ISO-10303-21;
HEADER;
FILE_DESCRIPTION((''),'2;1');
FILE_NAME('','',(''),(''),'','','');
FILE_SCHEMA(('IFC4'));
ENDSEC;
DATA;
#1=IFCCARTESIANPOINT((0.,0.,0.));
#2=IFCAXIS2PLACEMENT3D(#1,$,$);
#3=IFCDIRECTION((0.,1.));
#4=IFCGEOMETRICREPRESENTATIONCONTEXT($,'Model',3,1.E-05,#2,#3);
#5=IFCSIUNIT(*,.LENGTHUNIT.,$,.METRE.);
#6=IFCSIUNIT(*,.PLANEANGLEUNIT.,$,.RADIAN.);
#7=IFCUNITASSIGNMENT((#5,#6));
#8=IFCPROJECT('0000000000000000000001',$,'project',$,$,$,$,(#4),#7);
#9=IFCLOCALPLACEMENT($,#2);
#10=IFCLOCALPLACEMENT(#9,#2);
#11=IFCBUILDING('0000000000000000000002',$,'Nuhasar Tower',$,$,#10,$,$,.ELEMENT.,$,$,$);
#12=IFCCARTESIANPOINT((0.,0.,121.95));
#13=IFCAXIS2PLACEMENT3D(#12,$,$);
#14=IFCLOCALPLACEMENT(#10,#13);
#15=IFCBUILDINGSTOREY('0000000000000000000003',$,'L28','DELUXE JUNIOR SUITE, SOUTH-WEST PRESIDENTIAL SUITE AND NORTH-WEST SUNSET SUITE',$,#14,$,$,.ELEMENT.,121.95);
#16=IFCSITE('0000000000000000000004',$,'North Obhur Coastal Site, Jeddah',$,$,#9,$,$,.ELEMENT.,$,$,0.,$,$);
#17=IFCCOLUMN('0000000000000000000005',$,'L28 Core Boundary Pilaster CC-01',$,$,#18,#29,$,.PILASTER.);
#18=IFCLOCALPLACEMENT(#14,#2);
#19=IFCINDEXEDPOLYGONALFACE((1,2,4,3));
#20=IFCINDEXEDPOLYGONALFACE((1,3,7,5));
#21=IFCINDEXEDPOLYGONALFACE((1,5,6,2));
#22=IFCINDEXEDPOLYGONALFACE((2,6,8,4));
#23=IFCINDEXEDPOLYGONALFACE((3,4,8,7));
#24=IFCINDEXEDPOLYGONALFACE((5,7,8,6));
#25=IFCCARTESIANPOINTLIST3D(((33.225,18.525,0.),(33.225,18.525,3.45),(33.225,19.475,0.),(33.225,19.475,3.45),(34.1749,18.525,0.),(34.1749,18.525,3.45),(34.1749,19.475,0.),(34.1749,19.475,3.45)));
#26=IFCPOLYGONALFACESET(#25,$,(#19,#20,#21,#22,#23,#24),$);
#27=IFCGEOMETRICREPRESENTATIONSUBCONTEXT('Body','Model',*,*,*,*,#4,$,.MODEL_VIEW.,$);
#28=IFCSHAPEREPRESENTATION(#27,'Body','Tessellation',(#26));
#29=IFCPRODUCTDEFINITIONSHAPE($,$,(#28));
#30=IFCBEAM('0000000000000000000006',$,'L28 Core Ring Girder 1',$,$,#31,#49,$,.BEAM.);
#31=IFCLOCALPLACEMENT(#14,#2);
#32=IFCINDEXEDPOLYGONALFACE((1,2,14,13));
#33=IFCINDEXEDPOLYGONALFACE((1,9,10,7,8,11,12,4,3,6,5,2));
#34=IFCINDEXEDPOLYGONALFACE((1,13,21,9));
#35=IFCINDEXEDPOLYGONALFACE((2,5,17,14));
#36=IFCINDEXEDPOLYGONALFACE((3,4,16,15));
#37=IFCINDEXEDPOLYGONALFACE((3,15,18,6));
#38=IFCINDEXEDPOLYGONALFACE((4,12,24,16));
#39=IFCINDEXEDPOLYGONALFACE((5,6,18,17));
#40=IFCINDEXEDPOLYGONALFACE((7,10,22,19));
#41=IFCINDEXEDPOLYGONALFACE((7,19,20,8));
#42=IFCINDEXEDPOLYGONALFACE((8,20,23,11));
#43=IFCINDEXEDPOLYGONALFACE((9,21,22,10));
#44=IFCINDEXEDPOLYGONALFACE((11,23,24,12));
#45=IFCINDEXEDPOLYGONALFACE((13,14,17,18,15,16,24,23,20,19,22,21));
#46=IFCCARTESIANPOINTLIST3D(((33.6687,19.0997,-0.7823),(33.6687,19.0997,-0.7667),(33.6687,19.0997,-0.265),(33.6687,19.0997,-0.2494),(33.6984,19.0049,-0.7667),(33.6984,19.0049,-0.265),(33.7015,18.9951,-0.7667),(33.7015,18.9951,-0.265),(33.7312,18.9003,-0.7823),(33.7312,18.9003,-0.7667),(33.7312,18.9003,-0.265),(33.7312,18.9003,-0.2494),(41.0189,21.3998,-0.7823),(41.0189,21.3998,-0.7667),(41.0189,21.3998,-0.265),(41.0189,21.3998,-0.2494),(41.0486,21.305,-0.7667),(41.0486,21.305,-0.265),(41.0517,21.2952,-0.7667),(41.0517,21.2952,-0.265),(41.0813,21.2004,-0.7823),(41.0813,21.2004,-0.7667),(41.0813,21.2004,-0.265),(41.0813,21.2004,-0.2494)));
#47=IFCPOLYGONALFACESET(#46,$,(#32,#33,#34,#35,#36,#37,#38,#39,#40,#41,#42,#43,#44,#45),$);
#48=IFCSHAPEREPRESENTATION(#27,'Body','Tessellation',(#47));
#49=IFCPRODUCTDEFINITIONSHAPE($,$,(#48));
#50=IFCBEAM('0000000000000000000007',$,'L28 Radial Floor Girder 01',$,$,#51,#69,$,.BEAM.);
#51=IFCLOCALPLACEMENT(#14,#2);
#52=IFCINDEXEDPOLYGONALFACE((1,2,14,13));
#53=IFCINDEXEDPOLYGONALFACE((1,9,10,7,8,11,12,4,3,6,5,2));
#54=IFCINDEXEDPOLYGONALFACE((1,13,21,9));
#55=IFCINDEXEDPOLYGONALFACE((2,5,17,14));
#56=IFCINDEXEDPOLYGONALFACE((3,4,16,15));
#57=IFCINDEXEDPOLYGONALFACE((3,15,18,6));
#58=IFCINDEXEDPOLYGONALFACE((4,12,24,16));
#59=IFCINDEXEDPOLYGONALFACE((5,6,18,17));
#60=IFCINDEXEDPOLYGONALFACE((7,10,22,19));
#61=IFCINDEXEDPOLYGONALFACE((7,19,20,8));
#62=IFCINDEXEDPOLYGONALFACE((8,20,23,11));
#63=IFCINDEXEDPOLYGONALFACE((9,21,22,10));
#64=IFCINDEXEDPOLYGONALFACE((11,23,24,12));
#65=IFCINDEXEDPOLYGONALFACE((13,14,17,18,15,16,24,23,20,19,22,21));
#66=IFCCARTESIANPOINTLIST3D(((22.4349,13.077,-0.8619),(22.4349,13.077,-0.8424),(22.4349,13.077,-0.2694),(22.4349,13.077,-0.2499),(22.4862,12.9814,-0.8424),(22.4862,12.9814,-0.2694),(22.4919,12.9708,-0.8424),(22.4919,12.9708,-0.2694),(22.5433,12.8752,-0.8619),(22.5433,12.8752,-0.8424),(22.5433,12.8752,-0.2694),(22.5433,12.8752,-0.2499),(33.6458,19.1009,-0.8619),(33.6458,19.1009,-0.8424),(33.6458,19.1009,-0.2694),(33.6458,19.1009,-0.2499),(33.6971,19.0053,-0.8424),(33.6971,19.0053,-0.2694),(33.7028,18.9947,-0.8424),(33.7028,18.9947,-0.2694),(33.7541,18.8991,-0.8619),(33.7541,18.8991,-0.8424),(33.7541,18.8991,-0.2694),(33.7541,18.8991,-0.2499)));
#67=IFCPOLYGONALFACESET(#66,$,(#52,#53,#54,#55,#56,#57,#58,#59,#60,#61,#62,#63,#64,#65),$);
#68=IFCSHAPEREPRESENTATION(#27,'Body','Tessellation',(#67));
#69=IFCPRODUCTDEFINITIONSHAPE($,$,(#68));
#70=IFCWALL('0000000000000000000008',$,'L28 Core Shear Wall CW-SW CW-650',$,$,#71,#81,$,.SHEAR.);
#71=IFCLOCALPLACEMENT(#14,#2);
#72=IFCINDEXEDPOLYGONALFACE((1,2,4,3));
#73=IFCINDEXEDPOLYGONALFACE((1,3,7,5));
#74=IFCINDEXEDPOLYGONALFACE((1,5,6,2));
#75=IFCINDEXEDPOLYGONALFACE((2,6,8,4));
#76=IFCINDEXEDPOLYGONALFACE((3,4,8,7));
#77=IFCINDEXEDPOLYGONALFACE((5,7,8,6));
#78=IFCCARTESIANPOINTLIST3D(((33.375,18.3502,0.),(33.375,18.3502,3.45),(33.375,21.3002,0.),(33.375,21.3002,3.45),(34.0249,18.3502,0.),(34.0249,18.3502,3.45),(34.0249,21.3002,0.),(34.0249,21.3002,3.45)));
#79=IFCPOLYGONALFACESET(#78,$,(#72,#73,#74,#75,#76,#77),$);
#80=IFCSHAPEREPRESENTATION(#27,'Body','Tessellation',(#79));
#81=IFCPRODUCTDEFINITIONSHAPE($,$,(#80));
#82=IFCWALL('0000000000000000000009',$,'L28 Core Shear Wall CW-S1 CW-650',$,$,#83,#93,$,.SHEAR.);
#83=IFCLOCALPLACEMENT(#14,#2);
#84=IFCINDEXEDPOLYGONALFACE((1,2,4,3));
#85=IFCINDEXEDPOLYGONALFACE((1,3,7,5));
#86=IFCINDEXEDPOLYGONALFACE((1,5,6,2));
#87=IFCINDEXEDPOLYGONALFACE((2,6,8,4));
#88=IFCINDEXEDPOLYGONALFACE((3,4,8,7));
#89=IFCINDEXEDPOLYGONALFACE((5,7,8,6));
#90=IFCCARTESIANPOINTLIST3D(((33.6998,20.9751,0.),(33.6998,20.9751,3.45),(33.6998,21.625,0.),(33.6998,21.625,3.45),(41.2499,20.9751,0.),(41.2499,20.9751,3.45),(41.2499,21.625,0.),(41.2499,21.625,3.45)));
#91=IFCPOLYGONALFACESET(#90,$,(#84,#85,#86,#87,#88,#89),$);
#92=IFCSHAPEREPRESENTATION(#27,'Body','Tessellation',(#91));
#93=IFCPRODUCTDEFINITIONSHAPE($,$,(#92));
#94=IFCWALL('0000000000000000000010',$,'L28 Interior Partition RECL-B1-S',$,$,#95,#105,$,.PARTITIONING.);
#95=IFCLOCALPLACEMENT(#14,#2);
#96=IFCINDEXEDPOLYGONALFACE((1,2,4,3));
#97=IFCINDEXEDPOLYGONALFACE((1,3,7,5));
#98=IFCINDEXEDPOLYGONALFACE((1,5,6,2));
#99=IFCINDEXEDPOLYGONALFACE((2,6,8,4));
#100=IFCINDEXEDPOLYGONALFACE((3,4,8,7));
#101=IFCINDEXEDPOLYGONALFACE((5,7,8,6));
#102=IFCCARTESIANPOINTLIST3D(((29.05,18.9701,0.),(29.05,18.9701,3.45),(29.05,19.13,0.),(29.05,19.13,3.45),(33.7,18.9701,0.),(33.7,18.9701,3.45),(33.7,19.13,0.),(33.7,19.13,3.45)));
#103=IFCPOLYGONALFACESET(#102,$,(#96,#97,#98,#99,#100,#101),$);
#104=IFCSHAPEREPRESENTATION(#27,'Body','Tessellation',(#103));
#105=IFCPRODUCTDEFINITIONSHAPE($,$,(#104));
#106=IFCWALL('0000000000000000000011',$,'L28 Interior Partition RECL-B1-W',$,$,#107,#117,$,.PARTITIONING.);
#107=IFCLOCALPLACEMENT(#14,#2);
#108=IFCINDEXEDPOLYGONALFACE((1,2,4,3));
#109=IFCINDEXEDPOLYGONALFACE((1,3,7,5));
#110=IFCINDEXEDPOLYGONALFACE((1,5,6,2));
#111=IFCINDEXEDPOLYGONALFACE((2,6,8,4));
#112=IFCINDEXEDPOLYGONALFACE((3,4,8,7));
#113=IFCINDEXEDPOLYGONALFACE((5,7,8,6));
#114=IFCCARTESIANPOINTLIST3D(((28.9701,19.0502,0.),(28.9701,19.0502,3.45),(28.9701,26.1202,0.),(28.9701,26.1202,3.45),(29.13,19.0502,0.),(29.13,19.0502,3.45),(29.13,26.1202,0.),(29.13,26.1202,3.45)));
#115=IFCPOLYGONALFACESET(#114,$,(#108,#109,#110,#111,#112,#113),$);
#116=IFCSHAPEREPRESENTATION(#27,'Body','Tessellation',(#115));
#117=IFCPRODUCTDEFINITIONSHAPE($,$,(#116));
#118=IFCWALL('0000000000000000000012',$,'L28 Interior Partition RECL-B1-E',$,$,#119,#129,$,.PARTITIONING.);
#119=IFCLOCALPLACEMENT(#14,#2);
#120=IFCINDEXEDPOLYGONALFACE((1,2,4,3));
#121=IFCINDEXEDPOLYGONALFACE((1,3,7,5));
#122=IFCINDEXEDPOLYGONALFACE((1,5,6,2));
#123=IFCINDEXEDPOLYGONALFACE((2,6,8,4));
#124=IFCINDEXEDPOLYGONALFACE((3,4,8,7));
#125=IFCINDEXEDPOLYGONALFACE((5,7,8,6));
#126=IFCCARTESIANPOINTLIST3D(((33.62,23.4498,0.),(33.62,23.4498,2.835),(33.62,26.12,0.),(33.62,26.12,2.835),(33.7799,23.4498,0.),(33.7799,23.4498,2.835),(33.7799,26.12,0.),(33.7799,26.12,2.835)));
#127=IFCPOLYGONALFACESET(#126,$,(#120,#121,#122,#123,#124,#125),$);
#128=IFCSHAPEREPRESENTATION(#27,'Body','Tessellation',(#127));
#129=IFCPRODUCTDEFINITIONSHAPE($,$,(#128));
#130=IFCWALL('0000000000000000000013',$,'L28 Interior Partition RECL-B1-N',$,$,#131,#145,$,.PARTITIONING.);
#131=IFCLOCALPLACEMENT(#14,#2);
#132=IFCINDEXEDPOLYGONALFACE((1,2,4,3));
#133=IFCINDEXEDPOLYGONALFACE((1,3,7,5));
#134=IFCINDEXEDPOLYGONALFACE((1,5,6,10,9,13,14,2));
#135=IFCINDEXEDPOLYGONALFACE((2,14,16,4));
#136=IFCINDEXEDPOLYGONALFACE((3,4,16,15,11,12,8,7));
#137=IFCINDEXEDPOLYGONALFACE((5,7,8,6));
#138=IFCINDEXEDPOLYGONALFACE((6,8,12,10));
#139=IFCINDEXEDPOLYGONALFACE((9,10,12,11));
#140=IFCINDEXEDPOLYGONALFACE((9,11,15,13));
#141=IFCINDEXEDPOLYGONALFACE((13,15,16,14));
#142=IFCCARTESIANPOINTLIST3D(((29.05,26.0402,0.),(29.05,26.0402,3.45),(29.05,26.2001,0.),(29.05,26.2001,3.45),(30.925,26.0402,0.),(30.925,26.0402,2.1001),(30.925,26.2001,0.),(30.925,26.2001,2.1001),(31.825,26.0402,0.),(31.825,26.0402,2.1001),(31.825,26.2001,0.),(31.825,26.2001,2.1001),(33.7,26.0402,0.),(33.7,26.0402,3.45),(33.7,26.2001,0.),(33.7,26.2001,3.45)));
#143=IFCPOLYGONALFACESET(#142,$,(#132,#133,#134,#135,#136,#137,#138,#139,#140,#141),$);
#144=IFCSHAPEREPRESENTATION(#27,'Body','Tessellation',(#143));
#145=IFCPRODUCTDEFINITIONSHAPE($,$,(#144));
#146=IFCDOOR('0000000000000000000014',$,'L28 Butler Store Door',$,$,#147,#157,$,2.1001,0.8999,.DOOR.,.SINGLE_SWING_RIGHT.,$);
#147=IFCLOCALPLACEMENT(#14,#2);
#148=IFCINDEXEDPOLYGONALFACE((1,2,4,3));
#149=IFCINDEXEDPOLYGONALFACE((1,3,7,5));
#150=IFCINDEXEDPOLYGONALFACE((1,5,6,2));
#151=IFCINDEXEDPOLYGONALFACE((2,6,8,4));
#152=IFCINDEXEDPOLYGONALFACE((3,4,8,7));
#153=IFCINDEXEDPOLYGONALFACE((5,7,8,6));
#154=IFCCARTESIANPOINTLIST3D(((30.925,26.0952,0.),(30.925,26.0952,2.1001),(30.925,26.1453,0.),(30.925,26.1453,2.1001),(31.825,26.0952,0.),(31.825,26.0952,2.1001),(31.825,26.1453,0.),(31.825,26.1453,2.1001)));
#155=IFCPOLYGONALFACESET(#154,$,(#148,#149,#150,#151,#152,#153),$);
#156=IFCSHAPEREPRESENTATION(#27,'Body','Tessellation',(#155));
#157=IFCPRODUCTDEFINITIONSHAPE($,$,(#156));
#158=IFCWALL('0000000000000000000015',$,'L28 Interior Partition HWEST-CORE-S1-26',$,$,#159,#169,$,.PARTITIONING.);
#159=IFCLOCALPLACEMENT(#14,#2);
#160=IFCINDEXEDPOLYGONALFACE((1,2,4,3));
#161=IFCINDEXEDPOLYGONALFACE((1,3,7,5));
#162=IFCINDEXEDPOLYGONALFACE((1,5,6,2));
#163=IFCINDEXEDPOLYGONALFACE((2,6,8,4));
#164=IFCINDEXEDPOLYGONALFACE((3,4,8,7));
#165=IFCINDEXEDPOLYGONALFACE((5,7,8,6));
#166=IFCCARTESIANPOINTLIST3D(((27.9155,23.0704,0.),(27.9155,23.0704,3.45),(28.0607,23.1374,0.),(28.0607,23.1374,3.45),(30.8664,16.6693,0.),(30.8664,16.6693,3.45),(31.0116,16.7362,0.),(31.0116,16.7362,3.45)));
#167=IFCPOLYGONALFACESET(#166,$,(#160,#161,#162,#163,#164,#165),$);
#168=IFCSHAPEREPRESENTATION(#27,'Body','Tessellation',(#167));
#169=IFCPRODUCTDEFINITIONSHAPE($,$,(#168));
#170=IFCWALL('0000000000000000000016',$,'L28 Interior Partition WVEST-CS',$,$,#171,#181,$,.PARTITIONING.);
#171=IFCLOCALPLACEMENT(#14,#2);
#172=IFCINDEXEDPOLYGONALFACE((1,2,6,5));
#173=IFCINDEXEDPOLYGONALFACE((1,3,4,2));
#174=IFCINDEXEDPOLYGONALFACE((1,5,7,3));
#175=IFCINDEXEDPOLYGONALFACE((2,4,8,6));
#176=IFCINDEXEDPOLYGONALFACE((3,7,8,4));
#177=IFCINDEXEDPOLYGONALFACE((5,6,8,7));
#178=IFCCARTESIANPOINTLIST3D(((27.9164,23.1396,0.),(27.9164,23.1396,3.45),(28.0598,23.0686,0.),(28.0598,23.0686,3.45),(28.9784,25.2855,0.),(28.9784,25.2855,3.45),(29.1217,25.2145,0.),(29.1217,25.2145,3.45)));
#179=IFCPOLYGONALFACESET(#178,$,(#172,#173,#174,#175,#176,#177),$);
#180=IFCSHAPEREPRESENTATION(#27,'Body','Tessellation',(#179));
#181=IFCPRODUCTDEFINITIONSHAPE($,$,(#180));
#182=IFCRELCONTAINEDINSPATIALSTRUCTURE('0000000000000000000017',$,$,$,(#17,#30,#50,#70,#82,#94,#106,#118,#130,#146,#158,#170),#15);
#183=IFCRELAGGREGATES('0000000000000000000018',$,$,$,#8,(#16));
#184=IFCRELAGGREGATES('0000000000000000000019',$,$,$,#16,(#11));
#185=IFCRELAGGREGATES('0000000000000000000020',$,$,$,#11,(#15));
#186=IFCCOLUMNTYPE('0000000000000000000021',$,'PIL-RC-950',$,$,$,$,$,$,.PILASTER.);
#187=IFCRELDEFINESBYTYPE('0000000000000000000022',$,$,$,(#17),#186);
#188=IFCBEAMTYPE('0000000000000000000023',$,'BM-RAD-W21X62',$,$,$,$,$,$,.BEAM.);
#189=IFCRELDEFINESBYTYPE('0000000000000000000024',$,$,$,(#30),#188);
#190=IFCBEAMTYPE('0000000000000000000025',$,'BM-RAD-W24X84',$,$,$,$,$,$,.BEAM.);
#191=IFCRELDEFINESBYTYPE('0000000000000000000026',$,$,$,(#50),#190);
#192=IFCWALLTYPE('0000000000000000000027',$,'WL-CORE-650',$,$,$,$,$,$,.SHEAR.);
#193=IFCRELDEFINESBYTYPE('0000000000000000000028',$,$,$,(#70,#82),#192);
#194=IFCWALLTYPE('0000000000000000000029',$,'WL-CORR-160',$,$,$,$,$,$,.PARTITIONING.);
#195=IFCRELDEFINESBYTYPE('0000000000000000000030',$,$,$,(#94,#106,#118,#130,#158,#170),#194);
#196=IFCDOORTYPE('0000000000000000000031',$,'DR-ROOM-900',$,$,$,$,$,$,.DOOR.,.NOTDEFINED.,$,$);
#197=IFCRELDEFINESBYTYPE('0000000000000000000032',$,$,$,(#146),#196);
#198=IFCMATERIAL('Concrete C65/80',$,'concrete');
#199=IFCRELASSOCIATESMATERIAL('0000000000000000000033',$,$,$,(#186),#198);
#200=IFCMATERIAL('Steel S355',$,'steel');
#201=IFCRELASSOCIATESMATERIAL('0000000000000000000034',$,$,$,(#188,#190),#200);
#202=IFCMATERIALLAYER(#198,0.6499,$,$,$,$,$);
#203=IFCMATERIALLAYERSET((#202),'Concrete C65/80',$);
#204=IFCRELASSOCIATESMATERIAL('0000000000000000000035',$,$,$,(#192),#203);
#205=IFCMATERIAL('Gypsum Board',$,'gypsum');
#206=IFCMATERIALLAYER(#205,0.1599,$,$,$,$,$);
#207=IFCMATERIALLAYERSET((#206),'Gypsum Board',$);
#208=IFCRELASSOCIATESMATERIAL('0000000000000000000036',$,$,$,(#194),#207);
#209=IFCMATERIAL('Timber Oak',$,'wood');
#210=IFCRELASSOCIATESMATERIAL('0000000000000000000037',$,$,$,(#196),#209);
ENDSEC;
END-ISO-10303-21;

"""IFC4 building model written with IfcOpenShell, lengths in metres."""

from ifc_helpers import new_model, si_unit, direction, frame, frame_2d, origin, origin_2d, place, context, subcontext, project, spatial, rectangle, i_section, extrude, material, layer, layer_set, material_profile, profile_set, type_object, element, fill, save


model = new_model("IFC4")

# Units and contexts
model_context = context("Model", 3, precision=1e-05, world=origin(), true_north=direction((0.0, 1.0)))
body_context = subcontext(model_context, "Body", "Model", "MODEL_VIEW")
ifc_project = project(units=[si_unit("LENGTHUNIT", "METRE"), si_unit("PLANEANGLEUNIT", "RADIAN")], contexts=[model_context])

# Site, building, storey
site_placement = place(None, origin())
site = spatial("IfcSite", under=ifc_project, at=site_placement, Name="North Obhur Coastal Site, Jeddah", CompositionType="ELEMENT", RefElevation=0.0)
building_placement = place(site_placement, origin())
building = spatial("IfcBuilding", under=site, at=building_placement, Name="Nuhasar Tower", CompositionType="ELEMENT")
storey_placement = place(building_placement, frame((0.0, 0.0, 121.95)))
storey = spatial("IfcBuildingStorey", under=building, at=storey_placement, Name="L28", Description="DELUXE JUNIOR SUITE, SOUTH-WEST PRESIDENTIAL SUITE AND NORTH-WEST SUNSET SUITE", CompositionType="ELEMENT", Elevation=121.95)

# Column
ifc_material_1 = material(Name="Concrete C65/80", Category="concrete")
ifc_material_profile_1 = material_profile(ifc_material_1, rectangle(XDim=0.95, YDim=0.95, at=origin_2d()), Name="RC950X950")
ifc_profile_set_1 = profile_set([ifc_material_profile_1], Name="Concrete C65/80")
column_type = type_object("IfcColumnType", Name="PIL-RC-950", PredefinedType="PILASTER", material=ifc_profile_set_1)
column_placement = place(storey_placement, frame((33.7, 19.0, 0.0), z_axis=(0.0, 0.0, 1.0), x_axis=(1.0, 0.0, 0.0)))
element("IfcColumn", 1, at=column_placement, inside=storey, type_object=column_type, Name="L28 Core Boundary Pilaster CC-01", PredefinedType="PILASTER", context=body_context, shape_type="SweptSolid", body=[
    extrude(rectangle(XDim=0.95, YDim=0.95, at=origin_2d()), origin(), (0.0, 0.0, 1.0), 3.45),
])

# Beams
ifc_material_2 = material(Name="Steel S355", Category="steel")
ifc_material_profile_2 = material_profile(ifc_material_2, i_section(OverallWidth=0.209, OverallDepth=0.533, WebThickness=0.0103, FlangeThickness=0.0156, at=origin_2d()), Name="W21X62")
ifc_profile_set_2 = profile_set([ifc_material_profile_2], Name="Steel S355")
beam_type_1 = type_object("IfcBeamType", Name="BM-RAD-W21X62", PredefinedType="BEAM", material=ifc_profile_set_2)
beam_1_placement = place(storey_placement, frame((33.7, 19.0, -0.5159), z_axis=(0.954364, 0.298647, 0.0), x_axis=(-0.298647, 0.954364, 0.0)))
element("IfcBeam", 2, at=beam_1_placement, inside=storey, type_object=beam_type_1, Name="L28 Core Ring Girder 1", PredefinedType="BEAM", context=body_context, shape_type="SweptSolid", body=[
    extrude(i_section(OverallWidth=0.209, OverallDepth=0.533, WebThickness=0.0103, FlangeThickness=0.0156, at=origin_2d()), origin(), (0.0, 0.0, 1.0), 7.7017),
])
ifc_material_profile_3 = material_profile(ifc_material_2, i_section(OverallWidth=0.229, OverallDepth=0.6121, WebThickness=0.012, FlangeThickness=0.0195, at=origin_2d()), Name="W24X84")
ifc_profile_set_3 = profile_set([ifc_material_profile_3], Name="Steel S355")
beam_type_2 = type_object("IfcBeamType", Name="BM-RAD-W24X84", PredefinedType="BEAM", material=ifc_profile_set_3)
beam_2_placement = place(storey_placement, frame((33.7, 19.0, -0.5559), z_axis=(-0.880888, -0.473324, 0.0), x_axis=(0.473324, -0.880888, 0.0)))
element("IfcBeam", 3, at=beam_2_placement, inside=storey, type_object=beam_type_2, Name="L28 Radial Floor Girder 01", PredefinedType="BEAM", context=body_context, shape_type="SweptSolid", body=[
    extrude(i_section(OverallWidth=0.229, OverallDepth=0.6121, WebThickness=0.012, FlangeThickness=0.0195, at=origin_2d()), origin(), (0.0, 0.0, 1.0), 12.7268),
])

# Walls
ifc_layer_1 = layer(ifc_material_1, 0.6499)
ifc_layer_set_1 = layer_set([ifc_layer_1], Name="Concrete C65/80")
wall_type_1 = type_object("IfcWallType", Name="WL-CORE-650", PredefinedType="SHEAR", material=ifc_layer_set_1)
wall_1_placement = place(storey_placement, frame((33.7, 18.3501, 0.0), z_axis=(0.0, 0.0, 1.0), x_axis=(0.0, 1.0, 0.0)))
element("IfcWall", 4, at=wall_1_placement, inside=storey, type_object=wall_type_1, Name="L28 Core Shear Wall CW-SW CW-650", PredefinedType="SHEAR", context=body_context, shape_type="SweptSolid", body=[
    extrude(rectangle(XDim=2.95, YDim=0.6499, at=frame_2d((1.4751, 0.0))), origin(), (0.0, 0.0, 1.0), 3.45),
])
wall_2_placement = place(storey_placement, frame((33.7, 21.3, 0.0), z_axis=(0.0, 0.0, 1.0), x_axis=(1.0, 0.0, 0.0)))
element("IfcWall", 5, at=wall_2_placement, inside=storey, type_object=wall_type_1, Name="L28 Core Shear Wall CW-S1 CW-650", PredefinedType="SHEAR", context=body_context, shape_type="SweptSolid", body=[
    extrude(rectangle(XDim=7.55, YDim=0.6499, at=frame_2d((3.7749, 0.0))), origin(), (0.0, 0.0, 1.0), 3.45),
])
ifc_material_3 = material(Name="Gypsum Board", Category="gypsum")
ifc_layer_2 = layer(ifc_material_3, 0.1599)
ifc_layer_set_2 = layer_set([ifc_layer_2], Name="Gypsum Board")
wall_type_2 = type_object("IfcWallType", Name="WL-CORR-160", PredefinedType="PARTITIONING", material=ifc_layer_set_2)
wall_3_placement = place(storey_placement, frame((29.05, 19.05, 0.0), z_axis=(0.0, 0.0, 1.0), x_axis=(1.0, 0.0, 0.0)))
element("IfcWall", 6, at=wall_3_placement, inside=storey, type_object=wall_type_2, Name="L28 Interior Partition RECL-B1-S", PredefinedType="PARTITIONING", context=body_context, shape_type="SweptSolid", body=[
    extrude(rectangle(XDim=4.6499, YDim=0.1599, at=frame_2d((2.325, 0.0))), origin(), (0.0, 0.0, 1.0), 3.45),
])
wall_4_placement = place(storey_placement, frame((29.05, 19.05, 0.0), z_axis=(0.0, 0.0, 1.0), x_axis=(0.0, 1.0, 0.0)))
element("IfcWall", 7, at=wall_4_placement, inside=storey, type_object=wall_type_2, Name="L28 Interior Partition RECL-B1-W", PredefinedType="PARTITIONING", context=body_context, shape_type="SweptSolid", body=[
    extrude(rectangle(XDim=7.0701, YDim=0.1599, at=frame_2d((3.5352, 0.0))), origin(), (0.0, 0.0, 1.0), 3.45),
])
wall_5_placement = place(storey_placement, frame((33.7, 23.45, 0.0), z_axis=(0.0, 0.0, 1.0), x_axis=(0.0, 1.0, 0.0)))
element("IfcWall", 8, at=wall_5_placement, inside=storey, type_object=wall_type_2, Name="L28 Interior Partition RECL-B1-E", PredefinedType="PARTITIONING", context=body_context, shape_type="SweptSolid", body=[
    extrude(rectangle(XDim=2.6702, YDim=0.1599, at=frame_2d((1.335, 0.0))), origin(), (0.0, 0.0, 1.0), 2.835),
])

# Wall, opening, door
wall_6_placement = place(storey_placement, frame((33.7, 26.1201, 0.0), z_axis=(0.0, 0.0, 1.0), x_axis=(-1.0, 0.0, 0.0)))
wall_6 = element("IfcWall", 9, at=wall_6_placement, inside=storey, type_object=wall_type_2, Name="L28 Interior Partition RECL-B1-N", PredefinedType="PARTITIONING", context=body_context, shape_type="SweptSolid", body=[
    extrude(rectangle(XDim=4.6499, YDim=0.1599, at=frame_2d((2.325, 0.0))), origin(), (0.0, 0.0, 1.0), 3.45),
])
opening_1_placement = place(wall_6_placement, frame((1.875, 0.0, 0.0)))
opening_1 = element("IfcOpeningElement", 10, at=opening_1_placement, cuts=wall_6, PredefinedType="OPENING", context=body_context, shape_type="SweptSolid", body=[
    extrude(rectangle(XDim=0.8999, YDim=2.1001, at=frame_2d((0.45, 1.05))), frame((0.0, 0.0898, 0.0), z_axis=(0.0, -1.0, 0.0), x_axis=(1.0, 0.0, 0.0)), (0.0, 0.0, 1.0), 0.1799),
])
ifc_material_4 = material(Name="Timber Oak", Category="wood")
door_type_1 = type_object("IfcDoorType", Name="DR-ROOM-900", OperationType="NOTDEFINED", PredefinedType="DOOR", material=ifc_material_4)
door_1_placement = place(opening_1_placement, origin())
door_1 = element("IfcDoor", 11, at=door_1_placement, inside=storey, type_object=door_type_1, Name="L28 Butler Store Door", OperationType="SINGLE_SWING_RIGHT", OverallHeight=2.1001, OverallWidth=0.8999, PredefinedType="DOOR", context=body_context, shape_type="SweptSolid", body=[
    extrude(rectangle(XDim=0.8999, YDim=2.1001, at=frame_2d((0.45, 1.05))), frame((0.0, 0.0249, 0.0), z_axis=(0.0, -1.0, 0.0), x_axis=(1.0, 0.0, 0.0)), (0.0, 0.0, 1.0), 0.05),
])
fill(opening_1, door_1)

# Walls
wall_7_placement = place(storey_placement, frame((27.988, 23.104, 0.0), z_axis=(0.0, 0.0, 1.0), x_axis=(0.418656, -0.908145, 0.0)))
element("IfcWall", 12, at=wall_7_placement, inside=storey, type_object=wall_type_2, Name="L28 Interior Partition HWEST-CORE-S1-26", PredefinedType="PARTITIONING", context=body_context, shape_type="SweptSolid", body=[
    extrude(rectangle(XDim=7.0486, YDim=0.1599, at=frame_2d((3.5244, 0.0))), origin(), (0.0, 0.0, 1.0), 3.45),
])
wall_8_placement = place(storey_placement, frame((27.988, 23.104, 0.0), z_axis=(0.0, 0.0, 1.0), x_axis=(0.443539, 0.896255, 0.0)))
element("IfcWall", 13, at=wall_8_placement, inside=storey, type_object=wall_type_2, Name="L28 Interior Partition WVEST-CS", PredefinedType="PARTITIONING", context=body_context, shape_type="SweptSolid", body=[
    extrude(rectangle(XDim=2.3943, YDim=0.1599, at=frame_2d((1.1973, 0.0))), origin(), (0.0, 0.0, 1.0), 3.45),
])

save(model, "model.ifc")
